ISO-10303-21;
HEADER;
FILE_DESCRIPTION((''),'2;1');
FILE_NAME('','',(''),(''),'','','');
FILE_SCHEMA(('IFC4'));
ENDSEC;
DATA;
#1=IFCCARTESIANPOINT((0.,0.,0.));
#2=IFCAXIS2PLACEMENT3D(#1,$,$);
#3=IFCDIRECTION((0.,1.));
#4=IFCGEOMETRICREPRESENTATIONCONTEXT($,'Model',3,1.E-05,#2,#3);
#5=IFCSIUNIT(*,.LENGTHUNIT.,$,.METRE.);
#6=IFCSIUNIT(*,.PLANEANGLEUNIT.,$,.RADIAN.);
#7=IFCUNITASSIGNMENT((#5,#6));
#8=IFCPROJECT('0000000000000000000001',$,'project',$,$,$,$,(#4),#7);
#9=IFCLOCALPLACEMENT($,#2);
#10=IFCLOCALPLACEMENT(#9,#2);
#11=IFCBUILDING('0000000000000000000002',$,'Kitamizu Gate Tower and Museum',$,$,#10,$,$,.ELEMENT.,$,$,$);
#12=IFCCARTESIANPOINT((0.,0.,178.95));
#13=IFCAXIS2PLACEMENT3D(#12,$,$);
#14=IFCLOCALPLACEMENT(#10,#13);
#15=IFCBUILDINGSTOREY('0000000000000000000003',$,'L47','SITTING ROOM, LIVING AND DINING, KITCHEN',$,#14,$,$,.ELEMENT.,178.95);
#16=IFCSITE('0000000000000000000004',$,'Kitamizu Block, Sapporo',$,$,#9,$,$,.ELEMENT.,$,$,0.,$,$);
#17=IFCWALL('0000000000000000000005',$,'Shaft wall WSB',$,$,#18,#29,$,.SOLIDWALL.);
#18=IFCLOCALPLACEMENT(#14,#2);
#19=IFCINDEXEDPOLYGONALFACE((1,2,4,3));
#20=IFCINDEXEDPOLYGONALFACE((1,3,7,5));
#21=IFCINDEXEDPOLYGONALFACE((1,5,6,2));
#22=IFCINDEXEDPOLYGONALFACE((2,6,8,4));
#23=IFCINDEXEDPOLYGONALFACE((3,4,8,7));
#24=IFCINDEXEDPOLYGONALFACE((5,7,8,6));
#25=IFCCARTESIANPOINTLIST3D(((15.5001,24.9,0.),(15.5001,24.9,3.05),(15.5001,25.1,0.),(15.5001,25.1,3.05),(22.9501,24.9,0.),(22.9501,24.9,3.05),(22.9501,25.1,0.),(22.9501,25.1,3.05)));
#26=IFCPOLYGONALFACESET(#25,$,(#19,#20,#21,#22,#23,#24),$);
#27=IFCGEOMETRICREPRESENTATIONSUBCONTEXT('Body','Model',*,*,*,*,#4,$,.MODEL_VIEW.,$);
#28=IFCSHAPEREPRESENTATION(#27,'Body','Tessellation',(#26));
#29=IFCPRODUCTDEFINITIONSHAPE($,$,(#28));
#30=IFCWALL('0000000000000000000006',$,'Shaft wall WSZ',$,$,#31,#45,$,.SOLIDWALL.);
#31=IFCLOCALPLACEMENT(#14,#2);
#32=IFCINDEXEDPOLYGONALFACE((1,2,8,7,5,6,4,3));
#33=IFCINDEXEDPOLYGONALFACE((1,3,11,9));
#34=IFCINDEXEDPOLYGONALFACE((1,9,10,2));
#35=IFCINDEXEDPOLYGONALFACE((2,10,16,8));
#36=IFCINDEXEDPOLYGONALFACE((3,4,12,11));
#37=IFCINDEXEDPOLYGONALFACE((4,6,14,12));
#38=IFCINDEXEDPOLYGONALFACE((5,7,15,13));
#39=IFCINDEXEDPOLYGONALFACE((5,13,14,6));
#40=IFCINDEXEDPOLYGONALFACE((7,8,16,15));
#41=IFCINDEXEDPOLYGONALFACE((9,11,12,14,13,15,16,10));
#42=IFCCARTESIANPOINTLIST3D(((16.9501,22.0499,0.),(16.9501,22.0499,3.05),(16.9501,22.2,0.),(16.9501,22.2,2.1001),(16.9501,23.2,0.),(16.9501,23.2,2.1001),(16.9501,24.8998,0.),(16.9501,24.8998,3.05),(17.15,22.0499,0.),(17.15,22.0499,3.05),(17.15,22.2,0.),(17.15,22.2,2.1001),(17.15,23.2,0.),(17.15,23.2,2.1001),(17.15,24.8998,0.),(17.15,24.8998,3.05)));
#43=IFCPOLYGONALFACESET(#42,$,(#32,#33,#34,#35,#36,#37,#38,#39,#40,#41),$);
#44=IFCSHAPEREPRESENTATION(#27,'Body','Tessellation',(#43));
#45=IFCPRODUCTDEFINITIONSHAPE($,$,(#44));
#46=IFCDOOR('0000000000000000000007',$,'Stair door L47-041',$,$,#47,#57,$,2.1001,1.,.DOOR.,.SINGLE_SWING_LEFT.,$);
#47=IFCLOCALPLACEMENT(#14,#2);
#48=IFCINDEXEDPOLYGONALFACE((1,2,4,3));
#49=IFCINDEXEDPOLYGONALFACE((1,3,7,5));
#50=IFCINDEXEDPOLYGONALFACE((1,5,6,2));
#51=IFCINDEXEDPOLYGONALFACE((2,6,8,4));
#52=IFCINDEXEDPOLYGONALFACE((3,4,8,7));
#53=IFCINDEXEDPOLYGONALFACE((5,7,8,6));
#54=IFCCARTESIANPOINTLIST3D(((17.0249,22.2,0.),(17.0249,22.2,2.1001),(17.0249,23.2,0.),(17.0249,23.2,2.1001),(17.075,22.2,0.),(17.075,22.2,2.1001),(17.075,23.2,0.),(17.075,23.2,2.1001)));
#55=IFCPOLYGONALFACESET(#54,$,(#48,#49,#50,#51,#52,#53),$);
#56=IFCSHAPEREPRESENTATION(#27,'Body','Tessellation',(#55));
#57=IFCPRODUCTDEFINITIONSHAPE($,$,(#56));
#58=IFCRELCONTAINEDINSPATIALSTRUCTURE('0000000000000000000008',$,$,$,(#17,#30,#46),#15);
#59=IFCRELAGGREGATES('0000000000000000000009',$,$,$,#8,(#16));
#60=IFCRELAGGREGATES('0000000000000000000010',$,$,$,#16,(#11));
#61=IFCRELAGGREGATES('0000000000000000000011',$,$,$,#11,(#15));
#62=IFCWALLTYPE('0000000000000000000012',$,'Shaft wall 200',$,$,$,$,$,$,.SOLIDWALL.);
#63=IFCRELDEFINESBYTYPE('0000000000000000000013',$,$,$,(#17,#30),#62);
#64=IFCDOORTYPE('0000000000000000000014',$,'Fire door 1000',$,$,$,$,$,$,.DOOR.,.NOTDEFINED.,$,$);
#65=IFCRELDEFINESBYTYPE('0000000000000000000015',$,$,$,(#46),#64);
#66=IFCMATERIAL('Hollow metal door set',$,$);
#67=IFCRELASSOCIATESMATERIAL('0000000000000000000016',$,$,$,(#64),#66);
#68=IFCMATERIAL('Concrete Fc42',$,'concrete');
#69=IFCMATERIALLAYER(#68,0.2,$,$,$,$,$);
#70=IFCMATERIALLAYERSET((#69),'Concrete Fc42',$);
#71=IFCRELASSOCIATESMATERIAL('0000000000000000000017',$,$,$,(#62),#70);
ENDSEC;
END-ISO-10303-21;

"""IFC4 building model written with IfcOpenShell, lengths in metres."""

from ifc_helpers import new_model, si_unit, direction, frame, frame_2d, origin, place, context, subcontext, project, spatial, rectangle, extrude, material, layer, layer_set, type_object, element, fill, save


model = new_model("IFC4")

# Units and contexts
model_context = context("Model", 3, precision=1e-05, world=origin(), true_north=direction((0.0, 1.0)))
body_context = subcontext(model_context, "Body", "Model", "MODEL_VIEW")
ifc_project = project(units=[si_unit("LENGTHUNIT", "METRE"), si_unit("PLANEANGLEUNIT", "RADIAN")], contexts=[model_context])

# Site, building, storey
site_placement = place(None, origin())
site = spatial("IfcSite", under=ifc_project, at=site_placement, Name="Kitamizu Block, Sapporo", CompositionType="ELEMENT", RefElevation=0.0)
building_placement = place(site_placement, origin())
building = spatial("IfcBuilding", under=site, at=building_placement, Name="Kitamizu Gate Tower and Museum", CompositionType="ELEMENT")
storey_placement = place(building_placement, frame((0.0, 0.0, 178.95)))
storey = spatial("IfcBuildingStorey", under=building, at=storey_placement, Name="L47", Description="SITTING ROOM, LIVING AND DINING, KITCHEN", CompositionType="ELEMENT", Elevation=178.95)

# Shared definitions
ifc_material_1 = material(Name="Hollow metal door set")
door_type_1 = type_object("IfcDoorType", Name="Fire door 1000", OperationType="NOTDEFINED", PredefinedType="DOOR", material=ifc_material_1)

# Shared definitions
ifc_material_2 = material(Name="Concrete Fc42", Category="concrete")
ifc_layer_1 = layer(ifc_material_2, 0.2)
ifc_layer_set_1 = layer_set([ifc_layer_1], Name="Concrete Fc42")
wall_type_1 = type_object("IfcWallType", Name="Shaft wall 200", PredefinedType="SOLIDWALL", material=ifc_layer_set_1)

# Wall
wall_1_placement = place(storey_placement, frame((15.5, 25.0, 0.0), z_axis=(0.0, 0.0, 1.0), x_axis=(1.0, 0.0, 0.0)))
element("IfcWall", 1, at=wall_1_placement, inside=storey, type_object=wall_type_1, Name="Shaft wall WSB", PredefinedType="SOLIDWALL", context=body_context, shape_type="SweptSolid", body=[
    extrude(rectangle(XDim=7.45, YDim=0.2, at=frame_2d((3.7251, 0.0))), origin(), (0.0, 0.0, 1.0), 3.05),
])

# Wall, opening, door
wall_2_placement = place(storey_placement, frame((17.05, 22.05, 0.0), z_axis=(0.0, 0.0, 1.0), x_axis=(0.0, 1.0, 0.0)))
wall_2 = element("IfcWall", 2, at=wall_2_placement, inside=storey, type_object=wall_type_1, Name="Shaft wall WSZ", PredefinedType="SOLIDWALL", context=body_context, shape_type="SweptSolid", body=[
    extrude(rectangle(XDim=2.8499, YDim=0.2, at=frame_2d((1.4248, 0.0))), origin(), (0.0, 0.0, 1.0), 3.05),
])
opening_1_placement = place(wall_2_placement, frame((0.1499, 0.0, 0.0)))
opening_1 = element("IfcOpeningElement", 3, at=opening_1_placement, cuts=wall_2, PredefinedType="OPENING", context=body_context, shape_type="SweptSolid", body=[
    extrude(rectangle(XDim=1.0, YDim=2.1001, at=frame_2d((0.5, 1.05))), frame((0.0, 0.1099, 0.0), z_axis=(0.0, -1.0, 0.0), x_axis=(1.0, 0.0, 0.0)), (0.0, 0.0, 1.0), 0.22),
])
door_1_placement = place(opening_1_placement, frame((1.0, 0.0, 0.0), x_axis=(-1.0, 0.0, 0.0)))
door_1 = element("IfcDoor", 4, at=door_1_placement, inside=storey, type_object=door_type_1, Name="Stair door L47-041", OperationType="SINGLE_SWING_LEFT", OverallHeight=2.1001, OverallWidth=1.0, PredefinedType="DOOR", context=body_context, shape_type="SweptSolid", body=[
    extrude(rectangle(XDim=1.0, YDim=2.1001, at=frame_2d((0.5, 1.05))), frame((0.0, 0.0249, 0.0), z_axis=(0.0, -1.0, 0.0), x_axis=(1.0, 0.0, 0.0)), (0.0, 0.0, 1.0), 0.05),
])
fill(opening_1, door_1)

save(model, "model.ifc")
